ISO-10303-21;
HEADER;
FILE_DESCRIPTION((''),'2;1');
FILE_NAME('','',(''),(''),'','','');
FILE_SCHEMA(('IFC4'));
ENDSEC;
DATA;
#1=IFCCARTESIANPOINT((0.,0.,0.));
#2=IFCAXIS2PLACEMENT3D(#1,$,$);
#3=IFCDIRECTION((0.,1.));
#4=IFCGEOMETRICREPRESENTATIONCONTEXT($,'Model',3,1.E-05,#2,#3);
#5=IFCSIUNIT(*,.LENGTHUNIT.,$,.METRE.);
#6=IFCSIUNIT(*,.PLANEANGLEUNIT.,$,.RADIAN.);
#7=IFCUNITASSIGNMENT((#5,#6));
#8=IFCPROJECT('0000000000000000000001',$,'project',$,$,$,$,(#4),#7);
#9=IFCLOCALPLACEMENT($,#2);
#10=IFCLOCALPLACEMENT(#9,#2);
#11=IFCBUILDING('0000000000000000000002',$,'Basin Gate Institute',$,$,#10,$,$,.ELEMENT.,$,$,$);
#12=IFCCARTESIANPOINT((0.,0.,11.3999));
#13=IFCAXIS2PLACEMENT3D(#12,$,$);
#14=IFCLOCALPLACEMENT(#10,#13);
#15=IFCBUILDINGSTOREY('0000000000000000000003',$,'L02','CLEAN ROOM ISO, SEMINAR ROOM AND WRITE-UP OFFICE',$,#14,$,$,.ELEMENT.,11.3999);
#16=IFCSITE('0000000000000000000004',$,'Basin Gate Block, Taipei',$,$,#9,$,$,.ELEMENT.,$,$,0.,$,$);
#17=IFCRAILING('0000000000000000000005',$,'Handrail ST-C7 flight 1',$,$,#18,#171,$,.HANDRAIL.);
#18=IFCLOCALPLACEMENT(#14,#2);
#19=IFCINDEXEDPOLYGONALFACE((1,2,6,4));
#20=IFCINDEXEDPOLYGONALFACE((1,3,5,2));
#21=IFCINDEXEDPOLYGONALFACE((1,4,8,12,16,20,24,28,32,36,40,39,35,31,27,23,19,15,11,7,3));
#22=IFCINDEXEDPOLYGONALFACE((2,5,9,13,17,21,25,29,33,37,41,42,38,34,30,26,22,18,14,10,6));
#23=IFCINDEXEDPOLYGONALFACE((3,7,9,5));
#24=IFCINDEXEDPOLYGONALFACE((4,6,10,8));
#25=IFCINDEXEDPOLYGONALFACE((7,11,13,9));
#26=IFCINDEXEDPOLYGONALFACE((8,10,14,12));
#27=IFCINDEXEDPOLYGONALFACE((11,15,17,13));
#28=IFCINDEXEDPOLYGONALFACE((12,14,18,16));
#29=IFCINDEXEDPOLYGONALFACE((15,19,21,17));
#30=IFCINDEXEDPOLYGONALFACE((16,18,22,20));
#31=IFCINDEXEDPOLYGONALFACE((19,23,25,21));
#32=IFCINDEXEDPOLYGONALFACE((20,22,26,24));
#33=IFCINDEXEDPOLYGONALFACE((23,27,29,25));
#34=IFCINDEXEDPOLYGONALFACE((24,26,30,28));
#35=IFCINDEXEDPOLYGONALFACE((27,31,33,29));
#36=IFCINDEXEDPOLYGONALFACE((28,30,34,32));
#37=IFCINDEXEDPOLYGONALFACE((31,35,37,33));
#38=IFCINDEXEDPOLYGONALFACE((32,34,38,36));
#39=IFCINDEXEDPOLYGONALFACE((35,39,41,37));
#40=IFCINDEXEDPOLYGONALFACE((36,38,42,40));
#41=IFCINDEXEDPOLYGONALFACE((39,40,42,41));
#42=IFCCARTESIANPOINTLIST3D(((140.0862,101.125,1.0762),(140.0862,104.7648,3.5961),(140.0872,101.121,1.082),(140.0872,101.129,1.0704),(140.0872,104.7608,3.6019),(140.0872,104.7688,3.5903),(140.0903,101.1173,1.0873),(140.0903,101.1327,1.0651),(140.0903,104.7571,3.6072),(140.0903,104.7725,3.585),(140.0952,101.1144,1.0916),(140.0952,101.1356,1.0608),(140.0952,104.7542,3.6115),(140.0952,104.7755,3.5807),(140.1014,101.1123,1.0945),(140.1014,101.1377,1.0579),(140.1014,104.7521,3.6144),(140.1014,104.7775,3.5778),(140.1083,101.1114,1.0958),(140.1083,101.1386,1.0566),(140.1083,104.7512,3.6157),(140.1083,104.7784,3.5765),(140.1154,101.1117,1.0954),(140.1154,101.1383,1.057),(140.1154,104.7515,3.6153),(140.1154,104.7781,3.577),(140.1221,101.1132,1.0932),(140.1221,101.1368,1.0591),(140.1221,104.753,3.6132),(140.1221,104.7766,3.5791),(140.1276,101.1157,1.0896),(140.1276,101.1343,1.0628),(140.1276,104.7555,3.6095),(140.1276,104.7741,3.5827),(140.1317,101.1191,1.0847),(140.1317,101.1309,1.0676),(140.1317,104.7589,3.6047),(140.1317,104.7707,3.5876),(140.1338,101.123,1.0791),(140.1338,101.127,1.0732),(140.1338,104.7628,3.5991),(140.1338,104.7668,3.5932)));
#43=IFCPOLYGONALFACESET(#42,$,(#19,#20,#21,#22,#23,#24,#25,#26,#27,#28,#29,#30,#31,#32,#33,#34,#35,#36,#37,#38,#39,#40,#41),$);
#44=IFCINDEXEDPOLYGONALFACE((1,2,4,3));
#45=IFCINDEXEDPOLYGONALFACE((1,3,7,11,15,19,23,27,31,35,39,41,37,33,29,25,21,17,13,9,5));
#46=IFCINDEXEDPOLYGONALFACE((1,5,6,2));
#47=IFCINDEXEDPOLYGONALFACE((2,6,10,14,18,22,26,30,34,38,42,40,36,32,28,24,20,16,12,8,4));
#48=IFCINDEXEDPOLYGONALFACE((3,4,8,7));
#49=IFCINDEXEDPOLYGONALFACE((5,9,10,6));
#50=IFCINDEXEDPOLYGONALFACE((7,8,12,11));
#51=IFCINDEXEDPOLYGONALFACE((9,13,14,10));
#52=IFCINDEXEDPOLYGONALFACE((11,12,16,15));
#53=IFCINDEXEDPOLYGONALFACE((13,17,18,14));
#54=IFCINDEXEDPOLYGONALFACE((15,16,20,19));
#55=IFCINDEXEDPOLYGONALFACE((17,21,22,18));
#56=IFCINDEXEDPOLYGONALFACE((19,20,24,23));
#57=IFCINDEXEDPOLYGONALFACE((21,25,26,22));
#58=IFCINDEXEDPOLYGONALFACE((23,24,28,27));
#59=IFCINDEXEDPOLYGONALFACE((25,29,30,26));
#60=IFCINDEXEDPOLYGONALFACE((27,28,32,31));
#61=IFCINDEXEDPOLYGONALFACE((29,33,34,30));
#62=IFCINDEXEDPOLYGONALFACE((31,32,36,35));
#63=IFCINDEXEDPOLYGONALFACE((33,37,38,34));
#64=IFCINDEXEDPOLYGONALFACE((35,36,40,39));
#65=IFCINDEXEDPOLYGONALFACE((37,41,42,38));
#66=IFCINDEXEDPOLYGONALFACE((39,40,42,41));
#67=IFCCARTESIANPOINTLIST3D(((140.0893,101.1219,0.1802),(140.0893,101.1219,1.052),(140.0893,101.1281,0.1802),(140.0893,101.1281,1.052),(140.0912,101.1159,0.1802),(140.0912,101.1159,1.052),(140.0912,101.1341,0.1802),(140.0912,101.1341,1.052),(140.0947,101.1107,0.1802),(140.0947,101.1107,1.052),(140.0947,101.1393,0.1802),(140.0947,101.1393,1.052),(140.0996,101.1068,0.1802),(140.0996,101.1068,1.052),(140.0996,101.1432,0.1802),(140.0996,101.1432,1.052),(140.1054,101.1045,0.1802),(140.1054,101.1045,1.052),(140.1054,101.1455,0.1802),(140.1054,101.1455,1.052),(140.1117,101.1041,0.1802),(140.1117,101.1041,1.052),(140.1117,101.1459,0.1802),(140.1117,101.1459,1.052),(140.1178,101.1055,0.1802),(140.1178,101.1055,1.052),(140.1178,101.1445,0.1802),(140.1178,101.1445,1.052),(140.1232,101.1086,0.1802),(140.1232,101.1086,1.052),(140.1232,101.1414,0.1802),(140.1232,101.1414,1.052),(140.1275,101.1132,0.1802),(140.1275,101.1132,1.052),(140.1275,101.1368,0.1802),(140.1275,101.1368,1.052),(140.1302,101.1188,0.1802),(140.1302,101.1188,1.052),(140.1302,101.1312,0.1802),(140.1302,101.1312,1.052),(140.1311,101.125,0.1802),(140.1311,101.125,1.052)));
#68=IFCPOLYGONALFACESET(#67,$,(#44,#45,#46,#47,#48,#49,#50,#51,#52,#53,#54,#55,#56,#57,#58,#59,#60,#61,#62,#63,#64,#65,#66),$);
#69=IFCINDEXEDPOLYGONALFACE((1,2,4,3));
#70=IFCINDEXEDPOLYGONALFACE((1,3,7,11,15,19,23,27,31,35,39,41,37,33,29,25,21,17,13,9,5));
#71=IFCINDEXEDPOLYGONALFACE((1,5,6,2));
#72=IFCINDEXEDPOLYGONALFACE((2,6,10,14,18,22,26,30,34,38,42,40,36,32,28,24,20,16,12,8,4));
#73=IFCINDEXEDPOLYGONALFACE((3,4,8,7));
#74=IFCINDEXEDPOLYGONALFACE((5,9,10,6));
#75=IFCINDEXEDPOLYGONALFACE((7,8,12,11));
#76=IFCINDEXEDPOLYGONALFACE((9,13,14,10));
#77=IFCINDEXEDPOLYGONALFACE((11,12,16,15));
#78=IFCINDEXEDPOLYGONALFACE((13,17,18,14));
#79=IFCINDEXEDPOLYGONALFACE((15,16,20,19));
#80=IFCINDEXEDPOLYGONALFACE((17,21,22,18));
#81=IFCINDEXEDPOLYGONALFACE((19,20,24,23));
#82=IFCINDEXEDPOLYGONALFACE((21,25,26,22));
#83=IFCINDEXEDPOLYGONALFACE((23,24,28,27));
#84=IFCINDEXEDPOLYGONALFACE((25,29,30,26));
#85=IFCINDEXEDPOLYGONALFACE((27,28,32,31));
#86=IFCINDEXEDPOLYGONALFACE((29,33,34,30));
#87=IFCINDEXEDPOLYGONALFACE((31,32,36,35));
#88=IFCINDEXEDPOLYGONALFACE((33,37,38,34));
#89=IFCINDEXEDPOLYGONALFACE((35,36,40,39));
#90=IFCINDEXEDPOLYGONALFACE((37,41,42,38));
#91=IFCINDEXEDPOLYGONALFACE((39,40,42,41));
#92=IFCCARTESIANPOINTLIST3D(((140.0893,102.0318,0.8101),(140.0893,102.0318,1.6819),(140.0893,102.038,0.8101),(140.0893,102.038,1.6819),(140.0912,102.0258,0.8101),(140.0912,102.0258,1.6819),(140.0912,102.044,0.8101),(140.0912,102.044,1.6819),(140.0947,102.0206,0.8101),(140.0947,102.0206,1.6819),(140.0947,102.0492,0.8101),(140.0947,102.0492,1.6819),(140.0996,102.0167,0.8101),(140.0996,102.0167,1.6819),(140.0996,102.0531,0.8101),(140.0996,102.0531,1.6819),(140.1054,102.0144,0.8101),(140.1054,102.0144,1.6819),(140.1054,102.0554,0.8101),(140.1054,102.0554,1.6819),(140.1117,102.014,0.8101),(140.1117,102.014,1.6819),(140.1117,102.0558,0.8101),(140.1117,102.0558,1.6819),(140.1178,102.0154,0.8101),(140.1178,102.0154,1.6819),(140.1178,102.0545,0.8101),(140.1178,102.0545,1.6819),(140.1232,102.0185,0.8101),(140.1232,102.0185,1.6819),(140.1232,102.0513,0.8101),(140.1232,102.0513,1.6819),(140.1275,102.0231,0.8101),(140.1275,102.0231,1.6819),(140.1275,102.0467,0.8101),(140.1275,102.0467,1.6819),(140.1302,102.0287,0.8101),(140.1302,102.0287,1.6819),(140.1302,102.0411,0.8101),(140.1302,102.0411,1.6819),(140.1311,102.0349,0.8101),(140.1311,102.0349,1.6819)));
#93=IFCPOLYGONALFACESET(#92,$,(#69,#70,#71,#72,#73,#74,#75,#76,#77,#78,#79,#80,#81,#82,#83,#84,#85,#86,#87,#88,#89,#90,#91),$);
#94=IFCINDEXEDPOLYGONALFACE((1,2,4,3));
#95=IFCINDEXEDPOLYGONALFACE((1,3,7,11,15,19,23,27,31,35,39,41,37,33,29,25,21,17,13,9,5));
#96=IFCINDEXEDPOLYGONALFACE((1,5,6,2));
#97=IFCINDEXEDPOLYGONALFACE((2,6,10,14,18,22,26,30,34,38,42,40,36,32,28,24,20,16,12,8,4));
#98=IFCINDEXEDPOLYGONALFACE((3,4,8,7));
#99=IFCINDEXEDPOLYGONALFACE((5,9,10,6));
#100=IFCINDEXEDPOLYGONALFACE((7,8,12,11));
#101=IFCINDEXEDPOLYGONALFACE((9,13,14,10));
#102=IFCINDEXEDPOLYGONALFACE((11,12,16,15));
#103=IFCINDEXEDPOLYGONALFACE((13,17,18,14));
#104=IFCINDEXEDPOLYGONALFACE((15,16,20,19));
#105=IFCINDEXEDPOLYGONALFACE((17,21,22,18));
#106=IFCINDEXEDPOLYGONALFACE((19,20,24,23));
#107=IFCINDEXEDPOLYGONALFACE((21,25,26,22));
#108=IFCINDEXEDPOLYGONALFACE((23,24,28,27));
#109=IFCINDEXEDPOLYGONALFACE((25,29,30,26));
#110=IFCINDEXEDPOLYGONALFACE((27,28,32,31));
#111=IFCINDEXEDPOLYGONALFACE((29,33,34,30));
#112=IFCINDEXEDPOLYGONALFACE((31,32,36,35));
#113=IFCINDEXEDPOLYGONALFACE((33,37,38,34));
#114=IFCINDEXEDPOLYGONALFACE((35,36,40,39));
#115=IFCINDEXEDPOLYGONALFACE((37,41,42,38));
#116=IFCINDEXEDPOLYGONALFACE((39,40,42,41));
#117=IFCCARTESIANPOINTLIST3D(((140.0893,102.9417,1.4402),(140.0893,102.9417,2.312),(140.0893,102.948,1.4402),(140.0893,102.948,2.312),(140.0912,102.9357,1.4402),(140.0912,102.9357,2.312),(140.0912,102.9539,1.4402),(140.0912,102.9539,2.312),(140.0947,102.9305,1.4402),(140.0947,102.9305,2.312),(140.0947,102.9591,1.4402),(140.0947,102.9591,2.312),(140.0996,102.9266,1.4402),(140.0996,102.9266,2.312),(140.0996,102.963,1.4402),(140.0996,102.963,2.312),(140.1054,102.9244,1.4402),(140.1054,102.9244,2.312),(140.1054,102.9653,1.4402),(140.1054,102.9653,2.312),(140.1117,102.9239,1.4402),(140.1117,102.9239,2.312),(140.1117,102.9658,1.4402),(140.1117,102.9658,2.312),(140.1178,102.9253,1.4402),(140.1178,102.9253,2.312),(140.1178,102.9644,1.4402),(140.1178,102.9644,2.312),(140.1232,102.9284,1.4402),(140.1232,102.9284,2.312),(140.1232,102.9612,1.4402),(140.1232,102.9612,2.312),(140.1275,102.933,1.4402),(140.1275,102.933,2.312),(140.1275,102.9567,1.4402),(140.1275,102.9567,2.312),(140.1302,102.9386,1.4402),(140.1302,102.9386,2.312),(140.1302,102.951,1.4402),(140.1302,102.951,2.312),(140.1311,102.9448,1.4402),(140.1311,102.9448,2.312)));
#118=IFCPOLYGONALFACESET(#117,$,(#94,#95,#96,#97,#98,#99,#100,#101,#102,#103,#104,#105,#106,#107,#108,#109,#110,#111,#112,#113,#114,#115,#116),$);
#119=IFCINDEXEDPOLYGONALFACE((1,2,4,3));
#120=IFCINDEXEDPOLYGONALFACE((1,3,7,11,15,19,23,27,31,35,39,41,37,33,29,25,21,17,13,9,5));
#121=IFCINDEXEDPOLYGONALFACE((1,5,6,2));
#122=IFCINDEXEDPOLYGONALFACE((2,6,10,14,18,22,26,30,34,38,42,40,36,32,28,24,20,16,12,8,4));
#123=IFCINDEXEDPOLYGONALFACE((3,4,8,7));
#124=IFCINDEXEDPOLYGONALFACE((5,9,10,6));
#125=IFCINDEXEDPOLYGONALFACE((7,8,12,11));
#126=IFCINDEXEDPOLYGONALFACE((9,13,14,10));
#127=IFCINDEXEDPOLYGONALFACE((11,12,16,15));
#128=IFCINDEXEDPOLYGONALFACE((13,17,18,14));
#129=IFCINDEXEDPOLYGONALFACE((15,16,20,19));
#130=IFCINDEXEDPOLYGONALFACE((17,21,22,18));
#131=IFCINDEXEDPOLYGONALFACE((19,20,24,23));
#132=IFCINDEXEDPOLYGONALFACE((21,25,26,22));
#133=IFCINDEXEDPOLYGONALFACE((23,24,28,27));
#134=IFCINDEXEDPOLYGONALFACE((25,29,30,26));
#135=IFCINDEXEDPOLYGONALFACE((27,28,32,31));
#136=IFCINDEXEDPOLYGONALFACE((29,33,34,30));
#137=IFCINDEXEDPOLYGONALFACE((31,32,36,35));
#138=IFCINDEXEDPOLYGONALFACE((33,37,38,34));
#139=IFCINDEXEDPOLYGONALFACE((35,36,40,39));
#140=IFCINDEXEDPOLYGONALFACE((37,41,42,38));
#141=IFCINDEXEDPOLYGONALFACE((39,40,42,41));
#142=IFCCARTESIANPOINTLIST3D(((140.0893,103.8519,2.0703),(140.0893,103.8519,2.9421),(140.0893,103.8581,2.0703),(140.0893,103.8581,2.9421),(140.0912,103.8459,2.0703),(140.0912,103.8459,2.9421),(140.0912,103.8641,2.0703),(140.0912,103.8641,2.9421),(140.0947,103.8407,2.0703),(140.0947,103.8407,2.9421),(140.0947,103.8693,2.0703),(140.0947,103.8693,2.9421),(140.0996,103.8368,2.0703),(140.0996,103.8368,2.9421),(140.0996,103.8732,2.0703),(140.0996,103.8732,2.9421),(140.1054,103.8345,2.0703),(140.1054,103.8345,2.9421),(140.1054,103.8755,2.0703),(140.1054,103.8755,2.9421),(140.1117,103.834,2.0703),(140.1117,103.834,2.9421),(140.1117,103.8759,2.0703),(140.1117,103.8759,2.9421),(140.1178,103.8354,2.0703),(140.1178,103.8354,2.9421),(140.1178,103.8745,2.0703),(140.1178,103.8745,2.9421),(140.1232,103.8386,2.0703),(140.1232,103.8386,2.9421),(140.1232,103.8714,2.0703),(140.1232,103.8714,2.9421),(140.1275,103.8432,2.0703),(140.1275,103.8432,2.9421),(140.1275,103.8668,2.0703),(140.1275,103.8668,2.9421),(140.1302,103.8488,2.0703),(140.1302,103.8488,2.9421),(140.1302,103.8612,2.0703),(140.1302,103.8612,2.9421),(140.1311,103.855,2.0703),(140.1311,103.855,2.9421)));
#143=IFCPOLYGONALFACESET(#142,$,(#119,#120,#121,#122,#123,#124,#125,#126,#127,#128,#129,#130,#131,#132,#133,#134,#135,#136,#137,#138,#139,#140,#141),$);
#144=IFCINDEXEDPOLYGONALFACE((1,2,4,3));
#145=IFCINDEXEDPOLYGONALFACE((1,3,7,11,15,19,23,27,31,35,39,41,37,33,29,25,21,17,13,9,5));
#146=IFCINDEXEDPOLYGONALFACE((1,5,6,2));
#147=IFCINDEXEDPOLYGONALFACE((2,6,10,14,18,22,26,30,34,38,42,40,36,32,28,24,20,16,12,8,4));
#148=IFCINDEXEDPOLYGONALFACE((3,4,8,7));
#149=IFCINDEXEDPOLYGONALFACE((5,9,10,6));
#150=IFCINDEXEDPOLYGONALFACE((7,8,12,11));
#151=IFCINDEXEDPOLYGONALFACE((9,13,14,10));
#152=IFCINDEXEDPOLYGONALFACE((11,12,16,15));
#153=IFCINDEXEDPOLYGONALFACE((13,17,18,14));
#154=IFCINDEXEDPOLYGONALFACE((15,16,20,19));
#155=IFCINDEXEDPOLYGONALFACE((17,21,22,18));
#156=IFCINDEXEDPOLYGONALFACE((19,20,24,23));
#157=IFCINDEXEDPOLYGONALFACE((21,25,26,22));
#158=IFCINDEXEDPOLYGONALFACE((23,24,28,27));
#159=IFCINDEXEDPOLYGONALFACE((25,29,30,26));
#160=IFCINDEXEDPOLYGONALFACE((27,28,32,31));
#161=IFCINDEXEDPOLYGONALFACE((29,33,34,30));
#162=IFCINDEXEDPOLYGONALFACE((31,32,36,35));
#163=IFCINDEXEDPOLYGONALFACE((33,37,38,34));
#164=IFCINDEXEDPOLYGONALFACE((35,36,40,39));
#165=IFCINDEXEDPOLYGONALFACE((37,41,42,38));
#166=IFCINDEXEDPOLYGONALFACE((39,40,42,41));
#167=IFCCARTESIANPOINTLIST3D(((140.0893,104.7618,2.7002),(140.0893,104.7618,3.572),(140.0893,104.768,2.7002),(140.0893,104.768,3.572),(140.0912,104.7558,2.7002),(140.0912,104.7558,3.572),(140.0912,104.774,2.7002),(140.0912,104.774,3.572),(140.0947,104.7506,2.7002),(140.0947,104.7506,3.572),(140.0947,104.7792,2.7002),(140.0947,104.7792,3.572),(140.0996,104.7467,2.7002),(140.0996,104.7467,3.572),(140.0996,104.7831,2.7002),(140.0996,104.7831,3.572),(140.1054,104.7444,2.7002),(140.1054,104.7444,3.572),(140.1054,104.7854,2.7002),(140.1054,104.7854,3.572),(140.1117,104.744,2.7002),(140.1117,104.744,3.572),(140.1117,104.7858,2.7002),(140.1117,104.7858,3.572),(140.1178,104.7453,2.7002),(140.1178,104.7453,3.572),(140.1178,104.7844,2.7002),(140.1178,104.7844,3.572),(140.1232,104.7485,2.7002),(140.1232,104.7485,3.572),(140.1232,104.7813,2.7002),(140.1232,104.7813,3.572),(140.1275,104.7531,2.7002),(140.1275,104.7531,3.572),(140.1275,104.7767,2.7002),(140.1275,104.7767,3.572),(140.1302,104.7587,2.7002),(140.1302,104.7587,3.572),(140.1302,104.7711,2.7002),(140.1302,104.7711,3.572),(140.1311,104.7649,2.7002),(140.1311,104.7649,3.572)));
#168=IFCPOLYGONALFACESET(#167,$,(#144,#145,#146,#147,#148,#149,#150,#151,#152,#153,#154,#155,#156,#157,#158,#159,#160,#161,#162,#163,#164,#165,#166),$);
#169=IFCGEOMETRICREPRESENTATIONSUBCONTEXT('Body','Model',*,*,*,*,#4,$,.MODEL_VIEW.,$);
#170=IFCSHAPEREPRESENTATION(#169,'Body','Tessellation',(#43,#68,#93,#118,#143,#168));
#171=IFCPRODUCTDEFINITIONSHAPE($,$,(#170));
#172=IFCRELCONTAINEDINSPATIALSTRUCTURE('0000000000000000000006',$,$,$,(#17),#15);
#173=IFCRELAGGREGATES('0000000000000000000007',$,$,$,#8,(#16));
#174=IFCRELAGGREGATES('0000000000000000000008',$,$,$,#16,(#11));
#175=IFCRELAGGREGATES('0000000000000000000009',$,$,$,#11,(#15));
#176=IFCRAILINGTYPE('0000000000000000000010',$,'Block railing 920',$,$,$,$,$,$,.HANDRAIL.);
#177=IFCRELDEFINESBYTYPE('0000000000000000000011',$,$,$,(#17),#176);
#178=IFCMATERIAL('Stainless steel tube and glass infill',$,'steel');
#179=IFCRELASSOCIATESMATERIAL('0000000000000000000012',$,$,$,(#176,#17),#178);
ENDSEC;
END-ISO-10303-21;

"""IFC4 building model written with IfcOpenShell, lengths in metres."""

from ifc_helpers import new_model, si_unit, direction, frame, origin, origin_2d, place, context, subcontext, project, spatial, circle, extrude, material, type_object, element, save


model = new_model("IFC4")

# Units and contexts
model_context = context("Model", 3, precision=1e-05, world=origin(), true_north=direction((0.0, 1.0)))
body_context = subcontext(model_context, "Body", "Model", "MODEL_VIEW")
ifc_project = project(units=[si_unit("LENGTHUNIT", "METRE"), si_unit("PLANEANGLEUNIT", "RADIAN")], contexts=[model_context])

# Site, building, storey
site_placement = place(None, origin())
site = spatial("IfcSite", under=ifc_project, at=site_placement, Name="Basin Gate Block, Taipei", CompositionType="ELEMENT", RefElevation=0.0)
building_placement = place(site_placement, origin())
building = spatial("IfcBuilding", under=site, at=building_placement, Name="Basin Gate Institute", CompositionType="ELEMENT")
storey_placement = place(building_placement, frame((0.0, 0.0, 11.3999)))
storey = spatial("IfcBuildingStorey", under=building, at=storey_placement, Name="L02", Description="CLEAN ROOM ISO, SEMINAR ROOM AND WRITE-UP OFFICE", CompositionType="ELEMENT", Elevation=11.3999)

# Railing
ifc_material_1 = material(Name="Stainless steel tube and glass infill", Category="steel")
railing_type_1 = type_object("IfcRailingType", Name="Block railing 920", PredefinedType="HANDRAIL", material=ifc_material_1)
for number, where, name in (
    (1, (140.1101, 101.125, 0.1802), "Handrail ST-C7 flight 1"),
):
    element("IfcRailing", number, at=place(storey_placement, frame(where)), inside=storey, type_object=railing_type_1, material=ifc_material_1, Name=name, PredefinedType="HANDRAIL", context=body_context, shape_type="SweptSolid", body=[
        extrude(circle(Radius=0.0239, at=origin_2d()), frame((0.0, 0.0, 0.896), z_axis=(0.0, 0.822182, 0.569224), x_axis=(-1.0, 0.0, 0.0)), (0.0, 0.0, 1.0), 4.427),
        extrude(circle(Radius=0.021, at=origin_2d()), origin(), (0.0, 0.0, 1.0), 0.8718),
        extrude(circle(Radius=0.021, at=origin_2d()), frame((0.0, 0.9099, 0.6299)), (0.0, 0.0, 1.0), 0.8718),
        extrude(circle(Radius=0.021, at=origin_2d()), frame((0.0, 1.8198, 1.26)), (0.0, 0.0, 1.0), 0.8718),
        extrude(circle(Radius=0.021, at=origin_2d()), frame((0.0, 2.73, 1.8901)), (0.0, 0.0, 1.0), 0.8718),
        extrude(circle(Radius=0.021, at=origin_2d()), frame((0.0, 3.6399, 2.52)), (0.0, 0.0, 1.0), 0.8718),
    ])

save(model, "model.ifc")
